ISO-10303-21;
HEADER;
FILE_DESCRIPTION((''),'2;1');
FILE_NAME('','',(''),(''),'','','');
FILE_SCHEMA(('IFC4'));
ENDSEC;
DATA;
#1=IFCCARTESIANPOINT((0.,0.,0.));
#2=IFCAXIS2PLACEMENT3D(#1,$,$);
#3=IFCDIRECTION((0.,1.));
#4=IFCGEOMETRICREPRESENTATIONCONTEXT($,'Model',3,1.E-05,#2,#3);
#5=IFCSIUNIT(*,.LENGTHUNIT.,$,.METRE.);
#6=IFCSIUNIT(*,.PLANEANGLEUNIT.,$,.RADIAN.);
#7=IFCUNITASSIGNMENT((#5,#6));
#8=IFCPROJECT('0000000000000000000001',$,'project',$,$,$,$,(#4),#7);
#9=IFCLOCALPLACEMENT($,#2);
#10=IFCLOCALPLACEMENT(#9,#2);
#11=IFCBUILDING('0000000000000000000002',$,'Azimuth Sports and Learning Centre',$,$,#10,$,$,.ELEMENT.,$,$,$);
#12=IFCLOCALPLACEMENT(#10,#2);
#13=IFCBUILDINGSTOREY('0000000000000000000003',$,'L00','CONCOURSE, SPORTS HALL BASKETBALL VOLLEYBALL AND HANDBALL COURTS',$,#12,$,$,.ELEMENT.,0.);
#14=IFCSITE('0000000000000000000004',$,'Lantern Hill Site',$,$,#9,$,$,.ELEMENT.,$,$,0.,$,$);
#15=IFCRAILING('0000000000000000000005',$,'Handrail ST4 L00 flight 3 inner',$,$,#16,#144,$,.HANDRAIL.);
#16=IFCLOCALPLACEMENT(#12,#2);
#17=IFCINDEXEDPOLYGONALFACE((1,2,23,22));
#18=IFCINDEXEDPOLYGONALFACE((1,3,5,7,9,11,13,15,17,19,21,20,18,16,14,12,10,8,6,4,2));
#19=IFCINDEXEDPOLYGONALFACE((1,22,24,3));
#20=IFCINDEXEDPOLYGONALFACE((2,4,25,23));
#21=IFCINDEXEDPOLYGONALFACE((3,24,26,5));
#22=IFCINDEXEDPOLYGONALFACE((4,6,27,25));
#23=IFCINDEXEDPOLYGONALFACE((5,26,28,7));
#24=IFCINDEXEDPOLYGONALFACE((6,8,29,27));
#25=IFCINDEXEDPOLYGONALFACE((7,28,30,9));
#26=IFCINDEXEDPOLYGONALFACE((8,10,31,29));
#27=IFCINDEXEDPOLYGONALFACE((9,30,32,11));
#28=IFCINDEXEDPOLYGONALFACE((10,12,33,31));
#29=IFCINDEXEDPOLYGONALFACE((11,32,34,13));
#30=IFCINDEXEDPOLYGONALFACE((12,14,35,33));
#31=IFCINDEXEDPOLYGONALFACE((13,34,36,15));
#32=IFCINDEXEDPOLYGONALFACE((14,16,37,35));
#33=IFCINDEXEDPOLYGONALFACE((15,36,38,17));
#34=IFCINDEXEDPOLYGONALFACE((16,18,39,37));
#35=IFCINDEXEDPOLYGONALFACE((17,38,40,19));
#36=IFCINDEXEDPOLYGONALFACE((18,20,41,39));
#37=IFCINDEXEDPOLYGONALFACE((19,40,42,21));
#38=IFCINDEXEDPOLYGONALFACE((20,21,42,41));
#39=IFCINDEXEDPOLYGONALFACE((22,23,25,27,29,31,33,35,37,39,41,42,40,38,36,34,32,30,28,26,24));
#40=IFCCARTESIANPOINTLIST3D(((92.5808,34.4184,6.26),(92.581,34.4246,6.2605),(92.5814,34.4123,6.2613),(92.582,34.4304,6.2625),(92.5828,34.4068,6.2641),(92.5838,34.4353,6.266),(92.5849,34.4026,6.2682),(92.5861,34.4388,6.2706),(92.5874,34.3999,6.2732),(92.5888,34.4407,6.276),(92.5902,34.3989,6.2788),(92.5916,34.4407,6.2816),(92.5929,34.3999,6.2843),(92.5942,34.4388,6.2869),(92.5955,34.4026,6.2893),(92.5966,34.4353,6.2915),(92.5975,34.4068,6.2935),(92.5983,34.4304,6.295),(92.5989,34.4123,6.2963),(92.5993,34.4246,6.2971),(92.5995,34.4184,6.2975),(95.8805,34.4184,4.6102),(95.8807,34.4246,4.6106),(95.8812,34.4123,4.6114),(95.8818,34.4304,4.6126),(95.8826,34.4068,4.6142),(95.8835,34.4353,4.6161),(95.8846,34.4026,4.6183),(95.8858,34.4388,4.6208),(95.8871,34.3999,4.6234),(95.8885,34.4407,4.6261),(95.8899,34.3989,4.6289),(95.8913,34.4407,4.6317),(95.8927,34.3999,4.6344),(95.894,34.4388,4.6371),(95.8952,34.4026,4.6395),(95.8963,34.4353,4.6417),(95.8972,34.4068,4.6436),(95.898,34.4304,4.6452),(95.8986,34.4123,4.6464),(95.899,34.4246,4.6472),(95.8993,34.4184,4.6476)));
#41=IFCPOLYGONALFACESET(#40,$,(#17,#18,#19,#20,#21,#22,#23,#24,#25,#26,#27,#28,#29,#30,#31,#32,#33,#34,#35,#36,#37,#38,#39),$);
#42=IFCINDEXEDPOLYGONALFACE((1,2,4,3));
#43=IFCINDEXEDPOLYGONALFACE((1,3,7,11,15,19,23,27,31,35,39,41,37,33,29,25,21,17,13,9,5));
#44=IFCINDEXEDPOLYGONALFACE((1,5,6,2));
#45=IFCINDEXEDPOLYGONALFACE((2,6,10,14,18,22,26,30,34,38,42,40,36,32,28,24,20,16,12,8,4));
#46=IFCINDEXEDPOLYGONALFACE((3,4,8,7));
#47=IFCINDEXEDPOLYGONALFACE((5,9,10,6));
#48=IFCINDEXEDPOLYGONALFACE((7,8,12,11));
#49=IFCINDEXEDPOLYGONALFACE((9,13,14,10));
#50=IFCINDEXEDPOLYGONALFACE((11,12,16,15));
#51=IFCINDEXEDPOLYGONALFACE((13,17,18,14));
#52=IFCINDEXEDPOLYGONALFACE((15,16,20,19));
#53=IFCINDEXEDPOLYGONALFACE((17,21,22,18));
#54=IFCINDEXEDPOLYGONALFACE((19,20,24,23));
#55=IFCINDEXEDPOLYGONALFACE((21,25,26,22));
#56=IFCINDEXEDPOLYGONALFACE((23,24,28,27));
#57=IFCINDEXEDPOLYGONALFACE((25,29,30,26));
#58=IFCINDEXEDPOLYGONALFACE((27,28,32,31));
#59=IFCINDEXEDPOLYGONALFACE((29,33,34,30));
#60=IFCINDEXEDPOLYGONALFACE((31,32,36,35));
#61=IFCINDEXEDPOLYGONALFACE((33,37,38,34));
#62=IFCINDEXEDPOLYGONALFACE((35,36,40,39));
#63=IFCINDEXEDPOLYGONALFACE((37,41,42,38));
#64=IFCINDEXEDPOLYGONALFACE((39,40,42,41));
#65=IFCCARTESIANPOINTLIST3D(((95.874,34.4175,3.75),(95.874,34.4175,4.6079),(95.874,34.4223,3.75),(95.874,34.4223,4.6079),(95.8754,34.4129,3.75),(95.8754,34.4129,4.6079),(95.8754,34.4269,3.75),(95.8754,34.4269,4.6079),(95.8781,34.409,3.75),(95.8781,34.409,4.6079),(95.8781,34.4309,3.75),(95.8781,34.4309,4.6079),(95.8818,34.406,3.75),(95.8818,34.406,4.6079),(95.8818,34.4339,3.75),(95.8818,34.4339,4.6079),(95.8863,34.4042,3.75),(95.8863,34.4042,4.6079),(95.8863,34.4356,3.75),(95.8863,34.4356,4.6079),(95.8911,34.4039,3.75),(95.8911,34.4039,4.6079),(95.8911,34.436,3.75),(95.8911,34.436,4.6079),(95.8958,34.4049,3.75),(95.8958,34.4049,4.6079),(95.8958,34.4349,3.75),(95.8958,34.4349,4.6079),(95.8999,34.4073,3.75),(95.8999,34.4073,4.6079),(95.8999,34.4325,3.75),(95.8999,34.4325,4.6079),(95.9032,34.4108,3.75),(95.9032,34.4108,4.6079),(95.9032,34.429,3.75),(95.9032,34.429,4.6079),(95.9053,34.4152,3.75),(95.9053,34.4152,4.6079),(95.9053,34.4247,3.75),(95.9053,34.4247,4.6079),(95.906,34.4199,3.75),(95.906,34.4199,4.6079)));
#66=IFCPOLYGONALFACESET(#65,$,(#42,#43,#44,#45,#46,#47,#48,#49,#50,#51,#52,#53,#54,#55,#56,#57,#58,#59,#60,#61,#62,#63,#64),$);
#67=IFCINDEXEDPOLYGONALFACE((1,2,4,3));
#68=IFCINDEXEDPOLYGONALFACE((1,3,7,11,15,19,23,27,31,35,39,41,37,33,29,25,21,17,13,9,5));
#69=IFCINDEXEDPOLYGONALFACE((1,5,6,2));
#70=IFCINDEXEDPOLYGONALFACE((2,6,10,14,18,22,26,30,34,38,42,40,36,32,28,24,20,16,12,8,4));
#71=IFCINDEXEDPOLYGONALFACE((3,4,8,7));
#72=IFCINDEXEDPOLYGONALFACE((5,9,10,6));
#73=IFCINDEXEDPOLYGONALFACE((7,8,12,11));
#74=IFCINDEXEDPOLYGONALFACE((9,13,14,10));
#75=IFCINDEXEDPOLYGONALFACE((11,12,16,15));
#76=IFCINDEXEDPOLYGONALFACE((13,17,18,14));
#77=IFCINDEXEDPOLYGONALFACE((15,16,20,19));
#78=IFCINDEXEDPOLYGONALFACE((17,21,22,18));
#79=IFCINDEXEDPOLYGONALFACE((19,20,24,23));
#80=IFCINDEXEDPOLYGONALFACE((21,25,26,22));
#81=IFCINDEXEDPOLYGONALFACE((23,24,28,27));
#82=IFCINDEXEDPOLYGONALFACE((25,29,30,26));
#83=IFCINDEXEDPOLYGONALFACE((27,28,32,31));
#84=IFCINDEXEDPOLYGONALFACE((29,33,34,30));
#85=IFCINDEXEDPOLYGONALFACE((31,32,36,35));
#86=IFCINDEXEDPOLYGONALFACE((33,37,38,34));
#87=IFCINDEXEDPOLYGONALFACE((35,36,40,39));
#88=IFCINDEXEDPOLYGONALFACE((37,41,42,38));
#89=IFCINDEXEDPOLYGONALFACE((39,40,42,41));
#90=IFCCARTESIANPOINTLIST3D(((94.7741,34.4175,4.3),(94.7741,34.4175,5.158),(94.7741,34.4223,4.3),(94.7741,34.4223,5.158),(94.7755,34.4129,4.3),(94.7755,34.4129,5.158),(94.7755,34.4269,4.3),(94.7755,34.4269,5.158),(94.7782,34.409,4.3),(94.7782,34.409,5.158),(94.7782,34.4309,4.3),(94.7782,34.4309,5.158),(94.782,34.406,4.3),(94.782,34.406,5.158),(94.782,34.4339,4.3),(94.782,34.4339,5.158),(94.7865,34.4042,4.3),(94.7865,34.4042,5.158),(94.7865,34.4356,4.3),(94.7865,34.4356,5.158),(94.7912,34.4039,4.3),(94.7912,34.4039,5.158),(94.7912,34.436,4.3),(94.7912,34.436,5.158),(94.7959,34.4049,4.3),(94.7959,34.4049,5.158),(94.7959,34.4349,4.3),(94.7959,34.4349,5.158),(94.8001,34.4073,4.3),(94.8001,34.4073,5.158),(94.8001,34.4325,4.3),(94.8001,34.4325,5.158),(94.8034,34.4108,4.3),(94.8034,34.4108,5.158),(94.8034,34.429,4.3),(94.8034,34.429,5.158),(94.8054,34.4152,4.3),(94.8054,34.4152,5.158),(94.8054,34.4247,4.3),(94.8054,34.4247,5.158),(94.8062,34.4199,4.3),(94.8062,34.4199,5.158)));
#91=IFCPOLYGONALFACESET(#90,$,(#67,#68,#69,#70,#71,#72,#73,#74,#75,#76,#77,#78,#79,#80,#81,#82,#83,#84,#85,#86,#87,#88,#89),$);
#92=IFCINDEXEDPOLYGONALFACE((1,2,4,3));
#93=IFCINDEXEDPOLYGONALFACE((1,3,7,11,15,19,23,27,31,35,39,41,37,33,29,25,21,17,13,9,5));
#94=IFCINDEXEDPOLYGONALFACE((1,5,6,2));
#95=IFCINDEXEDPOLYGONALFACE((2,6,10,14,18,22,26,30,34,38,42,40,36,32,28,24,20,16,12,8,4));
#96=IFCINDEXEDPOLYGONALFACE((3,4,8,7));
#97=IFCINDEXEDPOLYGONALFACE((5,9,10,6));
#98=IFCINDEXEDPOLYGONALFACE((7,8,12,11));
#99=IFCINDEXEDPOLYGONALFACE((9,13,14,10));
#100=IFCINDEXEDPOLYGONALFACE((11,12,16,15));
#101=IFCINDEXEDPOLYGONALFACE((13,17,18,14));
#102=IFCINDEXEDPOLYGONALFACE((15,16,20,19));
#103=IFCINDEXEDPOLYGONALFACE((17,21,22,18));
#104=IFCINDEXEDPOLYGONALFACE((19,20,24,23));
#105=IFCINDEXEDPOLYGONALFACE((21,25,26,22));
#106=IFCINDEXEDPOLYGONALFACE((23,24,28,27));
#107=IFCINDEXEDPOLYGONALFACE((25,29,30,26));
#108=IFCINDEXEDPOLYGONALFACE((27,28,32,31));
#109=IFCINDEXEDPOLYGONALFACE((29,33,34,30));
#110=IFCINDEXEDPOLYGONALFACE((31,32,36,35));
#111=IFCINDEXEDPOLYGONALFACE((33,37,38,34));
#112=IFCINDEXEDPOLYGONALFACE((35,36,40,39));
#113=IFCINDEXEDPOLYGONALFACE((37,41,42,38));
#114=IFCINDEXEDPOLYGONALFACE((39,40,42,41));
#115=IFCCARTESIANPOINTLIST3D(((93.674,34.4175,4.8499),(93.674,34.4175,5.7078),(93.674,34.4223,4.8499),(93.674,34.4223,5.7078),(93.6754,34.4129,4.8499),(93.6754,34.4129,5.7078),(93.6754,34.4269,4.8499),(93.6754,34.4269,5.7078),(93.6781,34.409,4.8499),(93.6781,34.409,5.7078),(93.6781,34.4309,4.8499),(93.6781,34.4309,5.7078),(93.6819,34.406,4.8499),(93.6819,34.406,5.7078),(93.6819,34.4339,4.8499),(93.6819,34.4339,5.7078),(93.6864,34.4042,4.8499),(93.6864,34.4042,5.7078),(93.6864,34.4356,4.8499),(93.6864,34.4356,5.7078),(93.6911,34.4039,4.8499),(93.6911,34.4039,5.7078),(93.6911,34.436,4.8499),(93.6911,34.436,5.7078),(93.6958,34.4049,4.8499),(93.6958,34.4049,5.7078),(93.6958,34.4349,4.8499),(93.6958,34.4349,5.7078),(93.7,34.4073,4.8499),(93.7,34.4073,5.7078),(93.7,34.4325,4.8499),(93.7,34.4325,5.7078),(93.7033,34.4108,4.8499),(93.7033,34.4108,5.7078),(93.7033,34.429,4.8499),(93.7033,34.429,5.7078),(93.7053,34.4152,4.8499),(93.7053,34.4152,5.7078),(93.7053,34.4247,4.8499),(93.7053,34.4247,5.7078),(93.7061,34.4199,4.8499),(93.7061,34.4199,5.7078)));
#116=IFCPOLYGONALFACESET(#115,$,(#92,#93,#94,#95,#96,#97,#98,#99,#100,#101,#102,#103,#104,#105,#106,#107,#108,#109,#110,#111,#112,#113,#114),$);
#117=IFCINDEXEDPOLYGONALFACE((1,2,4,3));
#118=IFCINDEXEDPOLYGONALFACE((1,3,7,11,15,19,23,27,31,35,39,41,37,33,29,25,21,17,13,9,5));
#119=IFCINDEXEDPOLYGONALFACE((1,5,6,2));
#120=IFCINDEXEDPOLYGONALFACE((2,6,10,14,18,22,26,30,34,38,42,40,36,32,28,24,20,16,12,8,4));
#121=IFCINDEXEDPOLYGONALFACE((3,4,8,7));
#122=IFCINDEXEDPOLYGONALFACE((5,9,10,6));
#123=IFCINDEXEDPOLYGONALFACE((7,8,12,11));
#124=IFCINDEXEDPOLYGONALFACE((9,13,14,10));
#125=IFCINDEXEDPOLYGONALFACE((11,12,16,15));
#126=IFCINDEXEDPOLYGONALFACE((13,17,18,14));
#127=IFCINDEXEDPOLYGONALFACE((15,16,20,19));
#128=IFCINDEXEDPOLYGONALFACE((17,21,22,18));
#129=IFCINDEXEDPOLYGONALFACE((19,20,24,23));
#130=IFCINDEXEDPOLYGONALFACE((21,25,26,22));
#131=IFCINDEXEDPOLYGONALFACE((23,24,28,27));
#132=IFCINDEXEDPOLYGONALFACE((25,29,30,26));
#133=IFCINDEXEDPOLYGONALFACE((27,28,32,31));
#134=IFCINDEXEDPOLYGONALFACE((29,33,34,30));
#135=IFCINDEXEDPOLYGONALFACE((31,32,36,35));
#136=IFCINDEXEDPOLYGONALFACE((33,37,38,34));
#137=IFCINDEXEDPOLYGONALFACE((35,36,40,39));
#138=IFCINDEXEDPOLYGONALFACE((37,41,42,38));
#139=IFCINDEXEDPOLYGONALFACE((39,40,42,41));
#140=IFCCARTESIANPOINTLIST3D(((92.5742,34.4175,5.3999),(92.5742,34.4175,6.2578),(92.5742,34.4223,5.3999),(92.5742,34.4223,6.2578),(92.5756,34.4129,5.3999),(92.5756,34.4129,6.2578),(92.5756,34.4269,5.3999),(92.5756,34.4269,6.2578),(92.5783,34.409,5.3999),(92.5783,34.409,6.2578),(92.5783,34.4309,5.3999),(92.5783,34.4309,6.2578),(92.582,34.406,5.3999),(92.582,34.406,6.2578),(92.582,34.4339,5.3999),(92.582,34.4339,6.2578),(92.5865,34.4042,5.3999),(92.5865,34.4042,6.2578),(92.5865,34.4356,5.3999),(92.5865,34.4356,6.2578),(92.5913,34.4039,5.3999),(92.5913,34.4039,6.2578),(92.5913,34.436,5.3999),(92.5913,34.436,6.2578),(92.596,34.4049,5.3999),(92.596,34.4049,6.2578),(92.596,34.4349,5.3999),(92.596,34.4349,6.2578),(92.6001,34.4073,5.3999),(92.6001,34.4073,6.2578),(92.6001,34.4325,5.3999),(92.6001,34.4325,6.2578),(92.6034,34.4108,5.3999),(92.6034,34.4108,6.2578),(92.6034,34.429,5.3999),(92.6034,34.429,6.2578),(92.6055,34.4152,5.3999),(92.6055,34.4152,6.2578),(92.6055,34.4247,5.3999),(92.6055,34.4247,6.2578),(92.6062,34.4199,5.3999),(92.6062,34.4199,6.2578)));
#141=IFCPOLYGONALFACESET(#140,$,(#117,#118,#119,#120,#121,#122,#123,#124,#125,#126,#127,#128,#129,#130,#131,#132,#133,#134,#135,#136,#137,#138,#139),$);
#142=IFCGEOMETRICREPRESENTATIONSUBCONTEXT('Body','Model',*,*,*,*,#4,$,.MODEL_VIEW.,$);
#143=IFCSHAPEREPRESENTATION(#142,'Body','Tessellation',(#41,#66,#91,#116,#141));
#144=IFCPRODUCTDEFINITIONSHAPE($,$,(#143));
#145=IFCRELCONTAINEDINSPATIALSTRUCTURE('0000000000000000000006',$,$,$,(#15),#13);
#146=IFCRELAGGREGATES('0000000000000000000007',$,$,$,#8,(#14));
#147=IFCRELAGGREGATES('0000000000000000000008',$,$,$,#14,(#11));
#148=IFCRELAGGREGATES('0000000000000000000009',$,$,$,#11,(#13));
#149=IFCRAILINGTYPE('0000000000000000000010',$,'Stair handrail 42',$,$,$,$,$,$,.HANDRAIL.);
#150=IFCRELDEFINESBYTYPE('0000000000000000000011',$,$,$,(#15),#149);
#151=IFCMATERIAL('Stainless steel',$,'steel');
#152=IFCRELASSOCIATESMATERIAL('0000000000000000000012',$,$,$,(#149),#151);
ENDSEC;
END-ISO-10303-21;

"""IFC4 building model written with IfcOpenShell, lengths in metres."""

from ifc_helpers import new_model, si_unit, direction, frame, origin, origin_2d, place, context, subcontext, project, spatial, circle, extrude, material, type_object, element, save


model = new_model("IFC4")

# Units and contexts
model_context = context("Model", 3, precision=1e-05, world=origin(), true_north=direction((0.0, 1.0)))
body_context = subcontext(model_context, "Body", "Model", "MODEL_VIEW")
ifc_project = project(units=[si_unit("LENGTHUNIT", "METRE"), si_unit("PLANEANGLEUNIT", "RADIAN")], contexts=[model_context])

# Site, building, storey
site_placement = place(None, origin())
site = spatial("IfcSite", under=ifc_project, at=site_placement, Name="Lantern Hill Site", CompositionType="ELEMENT", RefElevation=0.0)
building_placement = place(site_placement, origin())
building = spatial("IfcBuilding", under=site, at=building_placement, Name="Azimuth Sports and Learning Centre", CompositionType="ELEMENT")
storey_placement = place(building_placement, origin())
storey = spatial("IfcBuildingStorey", under=building, at=storey_placement, Name="L00", Description="CONCOURSE, SPORTS HALL BASKETBALL VOLLEYBALL AND HANDBALL COURTS", CompositionType="ELEMENT", Elevation=0.0)

# Railing
ifc_material_1 = material(Name="Stainless steel", Category="steel")
railing_type = type_object("IfcRailingType", Name="Stair handrail 42", PredefinedType="HANDRAIL", material=ifc_material_1)
for number, where, name in (
    (1, (95.8899, 34.4199, 3.75), "Handrail ST4 L00 flight 3 inner"),
):
    element("IfcRailing", number, at=place(storey_placement, frame(where)), inside=storey, type_object=railing_type, Name=name, PredefinedType="HANDRAIL", context=body_context, shape_type="SweptSolid", body=[
        extrude(circle(Radius=0.021, at=origin_2d()), frame((0.0, 0.0, 0.8789), z_axis=(-0.894427, 0.0, 0.447214), x_axis=(0.0, -1.0, 0.0)), (0.0, 0.0, 1.0), 3.6892),
        extrude(circle(Radius=0.0161, at=origin_2d()), origin(), (0.0, 0.0, 1.0), 0.8579),
        extrude(circle(Radius=0.0161, at=origin_2d()), frame((-1.0999, 0.0, 0.55)), (0.0, 0.0, 1.0), 0.8579),
        extrude(circle(Radius=0.0161, at=origin_2d()), frame((-2.2, 0.0, 1.0999)), (0.0, 0.0, 1.0), 0.8579),
        extrude(circle(Radius=0.0161, at=origin_2d()), frame((-3.2998, 0.0, 1.6499)), (0.0, 0.0, 1.0), 0.8579),
    ])

save(model, "model.ifc")
